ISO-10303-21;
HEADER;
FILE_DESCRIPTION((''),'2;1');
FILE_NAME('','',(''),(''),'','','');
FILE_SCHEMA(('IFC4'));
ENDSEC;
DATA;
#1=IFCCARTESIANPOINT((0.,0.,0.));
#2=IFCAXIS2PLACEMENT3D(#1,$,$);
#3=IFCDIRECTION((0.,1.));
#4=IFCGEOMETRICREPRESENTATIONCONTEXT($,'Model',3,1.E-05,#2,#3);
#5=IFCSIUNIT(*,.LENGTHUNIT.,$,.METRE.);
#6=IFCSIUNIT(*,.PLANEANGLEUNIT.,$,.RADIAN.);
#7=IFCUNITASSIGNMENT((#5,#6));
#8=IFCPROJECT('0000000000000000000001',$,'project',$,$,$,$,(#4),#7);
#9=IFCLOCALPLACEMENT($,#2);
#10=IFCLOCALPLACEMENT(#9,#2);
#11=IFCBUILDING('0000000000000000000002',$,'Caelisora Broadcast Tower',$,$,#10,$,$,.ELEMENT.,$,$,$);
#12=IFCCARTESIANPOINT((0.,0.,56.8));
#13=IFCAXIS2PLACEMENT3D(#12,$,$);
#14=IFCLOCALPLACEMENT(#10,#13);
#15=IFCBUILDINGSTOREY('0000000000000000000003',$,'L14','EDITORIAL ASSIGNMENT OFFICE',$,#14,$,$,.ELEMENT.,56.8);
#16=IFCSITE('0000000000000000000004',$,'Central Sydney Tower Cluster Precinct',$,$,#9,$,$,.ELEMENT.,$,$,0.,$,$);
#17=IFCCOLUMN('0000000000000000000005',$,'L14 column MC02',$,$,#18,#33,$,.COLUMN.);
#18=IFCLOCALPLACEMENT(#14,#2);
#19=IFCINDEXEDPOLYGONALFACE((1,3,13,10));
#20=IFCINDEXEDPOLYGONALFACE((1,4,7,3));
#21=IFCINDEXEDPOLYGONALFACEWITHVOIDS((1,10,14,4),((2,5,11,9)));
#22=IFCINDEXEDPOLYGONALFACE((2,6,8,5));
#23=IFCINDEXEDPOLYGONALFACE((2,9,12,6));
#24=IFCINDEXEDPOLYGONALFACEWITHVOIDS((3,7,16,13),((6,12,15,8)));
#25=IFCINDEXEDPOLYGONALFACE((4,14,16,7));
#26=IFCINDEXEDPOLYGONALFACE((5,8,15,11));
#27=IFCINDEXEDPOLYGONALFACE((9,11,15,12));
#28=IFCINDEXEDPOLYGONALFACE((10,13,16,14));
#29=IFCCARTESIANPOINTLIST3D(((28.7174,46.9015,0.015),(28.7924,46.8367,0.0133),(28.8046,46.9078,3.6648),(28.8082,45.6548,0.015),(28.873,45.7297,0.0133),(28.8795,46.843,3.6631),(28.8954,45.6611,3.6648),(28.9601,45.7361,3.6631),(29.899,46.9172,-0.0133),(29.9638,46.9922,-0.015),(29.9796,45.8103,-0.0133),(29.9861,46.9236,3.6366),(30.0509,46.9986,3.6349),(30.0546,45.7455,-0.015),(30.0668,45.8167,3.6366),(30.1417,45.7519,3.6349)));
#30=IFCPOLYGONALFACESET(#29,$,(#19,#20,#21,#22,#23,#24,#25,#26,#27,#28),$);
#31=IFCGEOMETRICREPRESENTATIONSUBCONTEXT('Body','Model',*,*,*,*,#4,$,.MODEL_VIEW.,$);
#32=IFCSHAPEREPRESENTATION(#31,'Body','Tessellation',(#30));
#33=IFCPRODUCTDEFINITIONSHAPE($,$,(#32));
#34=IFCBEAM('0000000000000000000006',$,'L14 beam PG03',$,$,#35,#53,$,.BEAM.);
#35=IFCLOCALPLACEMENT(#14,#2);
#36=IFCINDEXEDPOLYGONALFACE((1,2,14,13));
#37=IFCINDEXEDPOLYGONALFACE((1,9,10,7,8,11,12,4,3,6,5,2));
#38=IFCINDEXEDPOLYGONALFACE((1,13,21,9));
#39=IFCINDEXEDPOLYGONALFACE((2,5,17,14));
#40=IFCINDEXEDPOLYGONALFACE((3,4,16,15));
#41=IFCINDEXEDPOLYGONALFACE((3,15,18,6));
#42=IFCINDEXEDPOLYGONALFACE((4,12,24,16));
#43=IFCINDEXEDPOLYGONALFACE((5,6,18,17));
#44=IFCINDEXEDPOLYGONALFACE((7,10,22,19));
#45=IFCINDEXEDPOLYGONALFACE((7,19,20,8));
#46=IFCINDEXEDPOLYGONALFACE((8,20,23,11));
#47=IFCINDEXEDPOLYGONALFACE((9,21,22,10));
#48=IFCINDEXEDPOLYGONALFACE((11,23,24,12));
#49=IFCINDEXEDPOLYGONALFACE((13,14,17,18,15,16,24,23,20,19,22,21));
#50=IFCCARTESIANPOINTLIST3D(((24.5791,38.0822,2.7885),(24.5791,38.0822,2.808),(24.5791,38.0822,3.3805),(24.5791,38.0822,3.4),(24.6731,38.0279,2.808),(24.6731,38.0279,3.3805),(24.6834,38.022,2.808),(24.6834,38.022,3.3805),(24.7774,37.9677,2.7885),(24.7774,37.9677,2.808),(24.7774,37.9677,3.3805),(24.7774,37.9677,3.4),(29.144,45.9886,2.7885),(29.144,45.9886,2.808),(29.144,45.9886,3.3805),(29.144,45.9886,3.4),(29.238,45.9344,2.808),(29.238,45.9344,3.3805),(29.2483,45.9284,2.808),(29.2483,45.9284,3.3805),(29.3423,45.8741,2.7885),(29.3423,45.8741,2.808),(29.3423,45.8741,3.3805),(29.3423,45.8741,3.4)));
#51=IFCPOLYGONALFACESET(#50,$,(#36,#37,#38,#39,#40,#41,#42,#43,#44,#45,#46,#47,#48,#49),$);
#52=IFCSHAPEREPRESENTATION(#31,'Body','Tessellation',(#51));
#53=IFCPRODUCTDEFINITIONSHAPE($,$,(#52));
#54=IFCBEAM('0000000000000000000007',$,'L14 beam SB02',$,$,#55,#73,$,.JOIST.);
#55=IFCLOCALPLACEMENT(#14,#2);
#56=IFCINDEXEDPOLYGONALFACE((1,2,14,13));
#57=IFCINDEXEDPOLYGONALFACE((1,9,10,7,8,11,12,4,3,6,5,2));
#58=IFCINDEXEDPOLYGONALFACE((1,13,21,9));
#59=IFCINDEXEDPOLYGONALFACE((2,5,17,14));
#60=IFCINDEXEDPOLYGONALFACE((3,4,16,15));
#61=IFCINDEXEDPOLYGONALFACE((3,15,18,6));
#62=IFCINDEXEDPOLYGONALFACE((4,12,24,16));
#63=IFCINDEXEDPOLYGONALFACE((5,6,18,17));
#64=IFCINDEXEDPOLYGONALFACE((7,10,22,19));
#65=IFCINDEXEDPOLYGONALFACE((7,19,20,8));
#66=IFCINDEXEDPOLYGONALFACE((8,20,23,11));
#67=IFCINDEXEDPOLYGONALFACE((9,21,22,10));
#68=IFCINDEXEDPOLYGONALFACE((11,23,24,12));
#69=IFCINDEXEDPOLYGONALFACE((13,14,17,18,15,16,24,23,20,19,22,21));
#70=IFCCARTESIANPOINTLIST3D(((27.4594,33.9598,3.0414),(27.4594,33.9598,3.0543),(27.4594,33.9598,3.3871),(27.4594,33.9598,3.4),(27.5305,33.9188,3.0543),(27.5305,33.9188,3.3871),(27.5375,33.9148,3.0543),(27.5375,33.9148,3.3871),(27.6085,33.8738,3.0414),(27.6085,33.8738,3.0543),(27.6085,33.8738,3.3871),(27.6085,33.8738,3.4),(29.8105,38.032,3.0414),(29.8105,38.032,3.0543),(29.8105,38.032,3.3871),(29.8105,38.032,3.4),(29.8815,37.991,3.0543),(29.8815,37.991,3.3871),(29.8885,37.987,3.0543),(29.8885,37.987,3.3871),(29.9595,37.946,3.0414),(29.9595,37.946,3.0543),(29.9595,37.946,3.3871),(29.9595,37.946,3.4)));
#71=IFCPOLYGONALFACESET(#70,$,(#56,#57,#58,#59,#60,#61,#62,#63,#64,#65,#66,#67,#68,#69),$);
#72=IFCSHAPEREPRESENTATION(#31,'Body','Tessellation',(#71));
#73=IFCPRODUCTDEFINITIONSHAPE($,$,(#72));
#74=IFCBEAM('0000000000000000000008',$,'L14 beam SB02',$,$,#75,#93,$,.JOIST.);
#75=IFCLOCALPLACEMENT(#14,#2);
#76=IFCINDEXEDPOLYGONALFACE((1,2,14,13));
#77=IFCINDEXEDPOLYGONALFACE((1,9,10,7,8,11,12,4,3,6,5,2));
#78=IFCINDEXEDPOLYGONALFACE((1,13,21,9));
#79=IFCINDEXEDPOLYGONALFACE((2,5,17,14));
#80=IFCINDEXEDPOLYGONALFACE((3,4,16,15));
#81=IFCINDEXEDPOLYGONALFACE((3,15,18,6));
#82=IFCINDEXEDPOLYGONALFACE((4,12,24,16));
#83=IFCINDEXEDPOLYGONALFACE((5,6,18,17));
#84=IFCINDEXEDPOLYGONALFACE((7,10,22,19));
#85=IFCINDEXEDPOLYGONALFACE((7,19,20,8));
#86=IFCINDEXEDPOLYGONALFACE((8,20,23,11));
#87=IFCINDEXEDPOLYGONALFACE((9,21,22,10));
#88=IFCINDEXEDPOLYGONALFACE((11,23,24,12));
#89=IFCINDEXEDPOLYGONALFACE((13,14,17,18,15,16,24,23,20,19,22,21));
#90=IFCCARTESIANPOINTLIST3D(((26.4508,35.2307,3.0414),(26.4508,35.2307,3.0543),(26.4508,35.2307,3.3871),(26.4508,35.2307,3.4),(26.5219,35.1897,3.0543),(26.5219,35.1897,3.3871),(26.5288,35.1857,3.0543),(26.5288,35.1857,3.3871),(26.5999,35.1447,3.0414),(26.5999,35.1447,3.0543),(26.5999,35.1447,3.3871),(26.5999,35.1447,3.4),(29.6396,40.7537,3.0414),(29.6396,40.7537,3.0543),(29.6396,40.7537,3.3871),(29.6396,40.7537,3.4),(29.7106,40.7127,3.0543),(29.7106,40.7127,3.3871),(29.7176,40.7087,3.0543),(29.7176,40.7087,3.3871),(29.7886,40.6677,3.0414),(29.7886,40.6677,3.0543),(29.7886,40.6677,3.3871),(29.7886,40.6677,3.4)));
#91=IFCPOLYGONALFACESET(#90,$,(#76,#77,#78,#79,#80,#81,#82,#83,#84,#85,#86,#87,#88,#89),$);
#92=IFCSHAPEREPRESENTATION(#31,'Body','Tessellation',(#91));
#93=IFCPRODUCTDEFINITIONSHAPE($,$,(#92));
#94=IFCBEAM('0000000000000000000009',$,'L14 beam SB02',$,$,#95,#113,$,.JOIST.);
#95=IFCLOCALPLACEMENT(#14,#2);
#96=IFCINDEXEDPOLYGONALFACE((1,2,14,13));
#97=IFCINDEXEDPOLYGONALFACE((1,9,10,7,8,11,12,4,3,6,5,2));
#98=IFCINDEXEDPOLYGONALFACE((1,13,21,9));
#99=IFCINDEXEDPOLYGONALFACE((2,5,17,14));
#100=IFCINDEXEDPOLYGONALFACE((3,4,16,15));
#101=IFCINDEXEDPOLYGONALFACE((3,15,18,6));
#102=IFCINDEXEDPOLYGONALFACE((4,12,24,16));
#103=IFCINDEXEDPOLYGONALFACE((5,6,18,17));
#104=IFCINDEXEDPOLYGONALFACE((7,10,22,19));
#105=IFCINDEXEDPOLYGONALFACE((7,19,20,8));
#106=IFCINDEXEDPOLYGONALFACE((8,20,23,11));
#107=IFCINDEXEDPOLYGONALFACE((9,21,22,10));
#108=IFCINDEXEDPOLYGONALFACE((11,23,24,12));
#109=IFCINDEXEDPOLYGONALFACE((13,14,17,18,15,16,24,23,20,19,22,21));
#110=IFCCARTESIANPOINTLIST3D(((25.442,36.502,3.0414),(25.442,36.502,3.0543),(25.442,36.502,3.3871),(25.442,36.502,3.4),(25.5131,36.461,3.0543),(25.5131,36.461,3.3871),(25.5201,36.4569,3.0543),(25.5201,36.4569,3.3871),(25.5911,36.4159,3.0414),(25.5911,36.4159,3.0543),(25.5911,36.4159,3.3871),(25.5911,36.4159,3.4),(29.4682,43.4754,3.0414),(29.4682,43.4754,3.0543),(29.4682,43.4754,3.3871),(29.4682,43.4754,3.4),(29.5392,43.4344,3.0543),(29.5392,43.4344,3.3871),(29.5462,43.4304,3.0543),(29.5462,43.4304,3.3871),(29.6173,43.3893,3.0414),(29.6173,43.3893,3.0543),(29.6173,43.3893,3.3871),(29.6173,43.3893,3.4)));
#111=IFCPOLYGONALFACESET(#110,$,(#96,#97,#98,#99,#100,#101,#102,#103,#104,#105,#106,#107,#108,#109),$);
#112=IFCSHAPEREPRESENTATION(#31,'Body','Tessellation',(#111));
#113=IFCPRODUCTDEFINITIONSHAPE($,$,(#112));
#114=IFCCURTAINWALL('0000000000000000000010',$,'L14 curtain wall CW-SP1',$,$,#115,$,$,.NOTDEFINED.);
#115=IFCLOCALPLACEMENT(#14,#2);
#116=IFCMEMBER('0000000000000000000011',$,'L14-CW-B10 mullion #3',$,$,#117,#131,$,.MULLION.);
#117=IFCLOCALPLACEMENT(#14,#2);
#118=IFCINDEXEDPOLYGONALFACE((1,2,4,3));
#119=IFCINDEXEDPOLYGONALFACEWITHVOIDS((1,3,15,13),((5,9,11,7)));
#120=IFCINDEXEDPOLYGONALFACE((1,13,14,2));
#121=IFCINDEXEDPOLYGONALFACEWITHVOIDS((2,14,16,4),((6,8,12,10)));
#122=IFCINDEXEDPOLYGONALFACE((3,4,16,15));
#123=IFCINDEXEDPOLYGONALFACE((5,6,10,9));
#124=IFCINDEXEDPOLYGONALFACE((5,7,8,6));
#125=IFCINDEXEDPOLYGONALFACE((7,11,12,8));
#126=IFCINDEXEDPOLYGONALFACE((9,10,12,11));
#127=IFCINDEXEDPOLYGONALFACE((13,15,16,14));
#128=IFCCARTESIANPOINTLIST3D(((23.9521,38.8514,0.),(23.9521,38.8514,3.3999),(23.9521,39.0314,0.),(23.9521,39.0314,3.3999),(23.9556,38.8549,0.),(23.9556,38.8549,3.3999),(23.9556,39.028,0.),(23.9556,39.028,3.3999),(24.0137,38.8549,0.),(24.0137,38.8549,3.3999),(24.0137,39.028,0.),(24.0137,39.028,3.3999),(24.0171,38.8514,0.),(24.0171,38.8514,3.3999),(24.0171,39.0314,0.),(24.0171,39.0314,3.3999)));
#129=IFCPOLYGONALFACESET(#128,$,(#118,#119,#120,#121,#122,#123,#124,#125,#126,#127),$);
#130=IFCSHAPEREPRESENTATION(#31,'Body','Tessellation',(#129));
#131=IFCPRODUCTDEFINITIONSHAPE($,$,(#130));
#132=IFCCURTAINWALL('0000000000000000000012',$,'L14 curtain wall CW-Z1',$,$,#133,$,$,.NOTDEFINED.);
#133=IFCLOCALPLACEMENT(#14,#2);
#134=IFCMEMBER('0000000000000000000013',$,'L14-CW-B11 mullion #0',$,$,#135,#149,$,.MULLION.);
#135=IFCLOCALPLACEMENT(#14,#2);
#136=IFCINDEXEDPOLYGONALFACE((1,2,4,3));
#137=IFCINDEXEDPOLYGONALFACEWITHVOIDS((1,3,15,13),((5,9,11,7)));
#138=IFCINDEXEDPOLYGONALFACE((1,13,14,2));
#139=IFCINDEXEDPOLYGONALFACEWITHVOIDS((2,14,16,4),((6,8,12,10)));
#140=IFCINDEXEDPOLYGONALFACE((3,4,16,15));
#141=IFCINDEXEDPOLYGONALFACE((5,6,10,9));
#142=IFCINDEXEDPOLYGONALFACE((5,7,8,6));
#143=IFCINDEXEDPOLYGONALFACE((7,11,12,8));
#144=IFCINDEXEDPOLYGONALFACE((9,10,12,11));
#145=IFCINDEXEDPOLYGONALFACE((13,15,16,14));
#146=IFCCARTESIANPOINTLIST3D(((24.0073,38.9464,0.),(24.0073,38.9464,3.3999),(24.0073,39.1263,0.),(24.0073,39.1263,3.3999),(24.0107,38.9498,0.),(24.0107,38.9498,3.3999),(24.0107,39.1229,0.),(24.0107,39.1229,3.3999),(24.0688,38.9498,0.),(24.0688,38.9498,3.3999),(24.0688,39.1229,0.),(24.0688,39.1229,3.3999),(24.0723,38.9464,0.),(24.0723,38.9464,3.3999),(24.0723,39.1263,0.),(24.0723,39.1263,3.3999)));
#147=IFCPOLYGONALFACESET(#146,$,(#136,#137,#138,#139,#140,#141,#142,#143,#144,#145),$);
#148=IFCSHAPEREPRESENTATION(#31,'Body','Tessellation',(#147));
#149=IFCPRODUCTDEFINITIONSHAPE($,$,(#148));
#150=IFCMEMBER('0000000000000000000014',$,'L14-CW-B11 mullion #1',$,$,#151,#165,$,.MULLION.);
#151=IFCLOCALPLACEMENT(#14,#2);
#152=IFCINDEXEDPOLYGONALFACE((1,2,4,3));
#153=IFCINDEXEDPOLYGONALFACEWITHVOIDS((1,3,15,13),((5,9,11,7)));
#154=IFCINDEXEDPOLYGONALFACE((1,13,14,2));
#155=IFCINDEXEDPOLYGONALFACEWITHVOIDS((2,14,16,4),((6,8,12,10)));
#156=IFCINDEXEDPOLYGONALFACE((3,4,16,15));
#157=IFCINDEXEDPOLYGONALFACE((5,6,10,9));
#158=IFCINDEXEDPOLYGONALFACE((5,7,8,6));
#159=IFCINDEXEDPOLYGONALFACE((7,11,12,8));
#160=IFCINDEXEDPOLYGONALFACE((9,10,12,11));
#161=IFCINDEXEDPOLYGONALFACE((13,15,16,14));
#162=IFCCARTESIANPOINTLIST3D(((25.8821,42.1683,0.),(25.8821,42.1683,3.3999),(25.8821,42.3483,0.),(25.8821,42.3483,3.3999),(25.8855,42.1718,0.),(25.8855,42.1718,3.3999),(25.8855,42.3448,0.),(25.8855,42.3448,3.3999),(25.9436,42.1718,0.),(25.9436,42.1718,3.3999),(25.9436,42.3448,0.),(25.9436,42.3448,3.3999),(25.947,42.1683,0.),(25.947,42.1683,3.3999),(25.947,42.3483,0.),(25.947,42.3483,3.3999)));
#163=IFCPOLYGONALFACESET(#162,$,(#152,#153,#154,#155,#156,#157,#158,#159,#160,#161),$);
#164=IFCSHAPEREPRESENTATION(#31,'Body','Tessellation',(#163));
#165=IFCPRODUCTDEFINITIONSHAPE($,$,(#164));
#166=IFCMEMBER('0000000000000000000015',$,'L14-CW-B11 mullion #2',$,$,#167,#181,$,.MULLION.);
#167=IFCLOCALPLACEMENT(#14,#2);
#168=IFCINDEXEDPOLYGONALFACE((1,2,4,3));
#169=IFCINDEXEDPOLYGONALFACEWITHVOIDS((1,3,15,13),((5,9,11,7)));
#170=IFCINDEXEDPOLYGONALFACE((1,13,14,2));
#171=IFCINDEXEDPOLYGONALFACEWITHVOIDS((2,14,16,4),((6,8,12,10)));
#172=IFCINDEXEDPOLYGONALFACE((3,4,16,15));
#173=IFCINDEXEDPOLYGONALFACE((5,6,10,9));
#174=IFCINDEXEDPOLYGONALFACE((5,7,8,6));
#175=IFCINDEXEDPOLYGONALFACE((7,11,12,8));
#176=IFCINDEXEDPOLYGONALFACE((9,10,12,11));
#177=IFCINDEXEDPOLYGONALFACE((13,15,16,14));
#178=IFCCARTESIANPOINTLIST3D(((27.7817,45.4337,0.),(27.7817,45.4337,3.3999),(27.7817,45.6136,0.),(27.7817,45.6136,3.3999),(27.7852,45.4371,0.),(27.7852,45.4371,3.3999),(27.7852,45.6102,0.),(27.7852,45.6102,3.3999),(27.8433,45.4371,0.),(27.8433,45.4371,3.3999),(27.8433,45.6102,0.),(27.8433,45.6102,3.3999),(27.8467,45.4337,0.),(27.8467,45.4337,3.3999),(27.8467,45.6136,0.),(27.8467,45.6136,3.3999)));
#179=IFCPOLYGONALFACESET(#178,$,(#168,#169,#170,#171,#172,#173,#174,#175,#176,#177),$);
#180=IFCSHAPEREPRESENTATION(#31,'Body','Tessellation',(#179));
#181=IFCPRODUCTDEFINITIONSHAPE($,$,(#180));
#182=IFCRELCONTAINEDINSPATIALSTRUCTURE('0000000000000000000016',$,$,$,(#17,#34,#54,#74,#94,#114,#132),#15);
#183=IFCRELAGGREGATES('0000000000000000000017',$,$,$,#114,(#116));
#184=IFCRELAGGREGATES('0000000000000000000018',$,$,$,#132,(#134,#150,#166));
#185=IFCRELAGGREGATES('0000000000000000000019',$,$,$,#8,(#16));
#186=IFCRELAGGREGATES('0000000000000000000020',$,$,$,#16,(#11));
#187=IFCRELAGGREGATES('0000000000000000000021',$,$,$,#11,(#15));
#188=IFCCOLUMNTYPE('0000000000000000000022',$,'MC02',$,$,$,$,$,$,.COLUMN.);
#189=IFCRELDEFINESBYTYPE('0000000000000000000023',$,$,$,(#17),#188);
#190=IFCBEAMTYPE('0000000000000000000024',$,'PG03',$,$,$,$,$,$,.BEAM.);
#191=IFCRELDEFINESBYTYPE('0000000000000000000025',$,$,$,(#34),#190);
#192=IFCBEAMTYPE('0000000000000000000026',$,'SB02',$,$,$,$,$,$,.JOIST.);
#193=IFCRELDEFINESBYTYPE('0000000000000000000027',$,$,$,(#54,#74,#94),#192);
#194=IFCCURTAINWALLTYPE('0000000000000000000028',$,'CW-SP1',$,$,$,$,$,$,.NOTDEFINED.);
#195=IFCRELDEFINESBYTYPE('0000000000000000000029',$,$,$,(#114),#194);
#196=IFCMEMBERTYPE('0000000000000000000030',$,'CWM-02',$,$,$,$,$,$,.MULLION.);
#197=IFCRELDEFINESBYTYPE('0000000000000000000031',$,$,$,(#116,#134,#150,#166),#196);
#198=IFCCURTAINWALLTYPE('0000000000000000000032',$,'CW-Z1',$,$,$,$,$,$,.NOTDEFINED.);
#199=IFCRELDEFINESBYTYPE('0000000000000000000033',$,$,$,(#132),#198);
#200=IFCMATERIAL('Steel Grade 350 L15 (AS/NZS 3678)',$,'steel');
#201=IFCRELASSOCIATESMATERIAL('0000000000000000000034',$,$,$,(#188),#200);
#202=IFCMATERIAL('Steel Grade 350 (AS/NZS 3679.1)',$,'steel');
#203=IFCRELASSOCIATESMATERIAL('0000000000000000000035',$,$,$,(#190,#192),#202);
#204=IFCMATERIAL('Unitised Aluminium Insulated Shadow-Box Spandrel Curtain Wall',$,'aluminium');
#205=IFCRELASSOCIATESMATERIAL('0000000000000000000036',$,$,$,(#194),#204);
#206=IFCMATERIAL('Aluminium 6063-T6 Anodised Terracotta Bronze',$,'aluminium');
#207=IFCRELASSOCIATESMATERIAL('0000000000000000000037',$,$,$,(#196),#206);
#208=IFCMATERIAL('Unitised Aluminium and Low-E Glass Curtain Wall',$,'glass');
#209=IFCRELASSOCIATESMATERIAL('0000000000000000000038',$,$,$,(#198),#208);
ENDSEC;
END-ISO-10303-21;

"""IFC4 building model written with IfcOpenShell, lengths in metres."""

from ifc_helpers import new_model, si_unit, direction, frame, origin, origin_2d, place, context, subcontext, project, spatial, hollow_rectangle, i_section, extrude, source, transform, mapped, material, material_profile, profile_set, type_object, type_shapes, element, aggregate, save


model = new_model("IFC4")

# Units and contexts
model_context = context("Model", 3, precision=1e-05, world=origin(), true_north=direction((0.0, 1.0)))
body_context = subcontext(model_context, "Body", "Model", "MODEL_VIEW")
ifc_project = project(units=[si_unit("LENGTHUNIT", "METRE"), si_unit("PLANEANGLEUNIT", "RADIAN")], contexts=[model_context])

# Site, building, storey
site_placement = place(None, origin())
site = spatial("IfcSite", under=ifc_project, at=site_placement, Name="Central Sydney Tower Cluster Precinct", CompositionType="ELEMENT", RefElevation=0.0)
building_placement = place(site_placement, origin())
building = spatial("IfcBuilding", under=site, at=building_placement, Name="Caelisora Broadcast Tower", CompositionType="ELEMENT")
storey_placement = place(building_placement, frame((0.0, 0.0, 56.8)))
storey = spatial("IfcBuildingStorey", under=building, at=storey_placement, Name="L14", Description="EDITORIAL ASSIGNMENT OFFICE", CompositionType="ELEMENT", Elevation=56.8)

# Column
ifc_material_1 = material(Name="Steel Grade 350 L15 (AS/NZS 3678)", Category="steel")
ifc_material_profile_1 = material_profile(ifc_material_1, hollow_rectangle(XDim=1.25, YDim=1.25, WallThickness=0.0701, at=origin_2d()), Name="Steel Grade 350 L15 (AS/NZS 3678)")
ifc_profile_set_1 = profile_set([ifc_material_profile_1], Name="Steel Grade 350 L15 (AS/NZS 3678)")
column_type = type_object("IfcColumnType", Name="MC02", PredefinedType="COLUMN", material=ifc_profile_set_1)
shared_shape_1 = source(origin(), body_context, "Body", "SweptSolid", [
    extrude(hollow_rectangle(XDim=1.25, YDim=1.25, WallThickness=0.0701, at=origin_2d()), origin(), (0.0, 0.0, 1.0), 3.6509),
])
type_shapes(column_type, [shared_shape_1])
column_placement = place(storey_placement, frame((29.386, 46.3235, 0.0), z_axis=(0.023873, 0.001739, 0.999713), x_axis=(-0.072637, 0.997358, 0.0)))
element("IfcColumn", 1, at=column_placement, inside=storey, type_object=column_type, Name="L14 column MC02", PredefinedType="COLUMN", context=body_context, shape_type="MappedRepresentation", body=[
    mapped(shared_shape_1, transform((0.0, 0.0, 0.0), scale=1.0)),
])

# Beams
ifc_material_2 = material(Name="Steel Grade 350 (AS/NZS 3679.1)", Category="steel")
ifc_material_profile_2 = material_profile(ifc_material_2, i_section(OverallWidth=0.229, OverallDepth=0.6116, WebThickness=0.012, FlangeThickness=0.0195, at=origin_2d()), Name="Steel Grade 350 (AS/NZS 3679.1)")
ifc_profile_set_2 = profile_set([ifc_material_profile_2], Name="Steel Grade 350 (AS/NZS 3679.1)")
beam_type_1 = type_object("IfcBeamType", Name="PG03", PredefinedType="BEAM", material=ifc_profile_set_2)
shared_shape_2 = source(origin(), body_context, "Body", "SweptSolid", [
    extrude(i_section(OverallWidth=0.229, OverallDepth=0.6116, WebThickness=0.012, FlangeThickness=0.0195, at=origin_2d()), origin(), (0.0, 0.0, 1.0), 9.1296),
])
type_shapes(beam_type_1, [shared_shape_2])
beam_1_placement = place(storey_placement, frame((29.2432, 45.9314, 3.0942), z_axis=(-0.50001, -0.866019, 0.0), x_axis=(0.866019, -0.50001, 0.0)))
element("IfcBeam", 2, at=beam_1_placement, inside=storey, type_object=beam_type_1, Name="L14 beam PG03", PredefinedType="BEAM", context=body_context, shape_type="MappedRepresentation", body=[
    mapped(shared_shape_2, transform((0.0, 0.0, 0.0), scale=1.0)),
])
ifc_material_profile_3 = material_profile(ifc_material_2, i_section(OverallWidth=0.1721, OverallDepth=0.3586, WebThickness=0.0081, FlangeThickness=0.0129, at=origin_2d()), Name="Steel Grade 350 (AS/NZS 3679.1)")
ifc_profile_set_3 = profile_set([ifc_material_profile_3], Name="Steel Grade 350 (AS/NZS 3679.1)")
beam_type_2 = type_object("IfcBeamType", Name="SB02", PredefinedType="JOIST", material=ifc_profile_set_3)
shared_shape_3 = source(origin(), body_context, "Body", "SweptSolid", [
    extrude(i_section(OverallWidth=0.1721, OverallDepth=0.3586, WebThickness=0.0081, FlangeThickness=0.0129, at=origin_2d()), origin(), (0.0, 0.0, 1.0), 4.7021),
])
beam_2_placement = place(storey_placement, frame((29.885, 37.989, 3.2207), z_axis=(-0.499992, -0.86603, 0.0), x_axis=(0.86603, -0.499992, 0.0)))
element("IfcBeam", 3, at=beam_2_placement, inside=storey, type_object=beam_type_2, Name="L14 beam SB02", PredefinedType="JOIST", context=body_context, shape_type="MappedRepresentation", body=[
    mapped(shared_shape_3, transform((0.0, 0.0, 0.0), scale=1.0)),
])
shared_shape_4 = source(origin(), body_context, "Body", "SweptSolid", [
    extrude(i_section(OverallWidth=0.1721, OverallDepth=0.3586, WebThickness=0.0081, FlangeThickness=0.0129, at=origin_2d()), origin(), (0.0, 0.0, 1.0), 6.3774),
])
beam_3_placement = place(storey_placement, frame((29.7141, 40.7107, 3.2207), z_axis=(-0.500005, -0.866022, 0.0), x_axis=(0.866022, -0.500005, 0.0)))
element("IfcBeam", 4, at=beam_3_placement, inside=storey, type_object=beam_type_2, Name="L14 beam SB02", PredefinedType="JOIST", context=body_context, shape_type="MappedRepresentation", body=[
    mapped(shared_shape_4, transform((0.0, 0.0, 0.0), scale=1.0)),
])
shared_shape_5 = source(origin(), body_context, "Body", "SweptSolid", [
    extrude(i_section(OverallWidth=0.1721, OverallDepth=0.3586, WebThickness=0.0081, FlangeThickness=0.0129, at=origin_2d()), origin(), (0.0, 0.0, 1.0), 8.0522),
])
type_shapes(beam_type_2, [shared_shape_3, shared_shape_4, shared_shape_5])
beam_4_placement = place(storey_placement, frame((29.5427, 43.4324, 3.2207), z_axis=(-0.500003, -0.866024, 0.0), x_axis=(0.866024, -0.500003, 0.0)))
element("IfcBeam", 5, at=beam_4_placement, inside=storey, type_object=beam_type_2, Name="L14 beam SB02", PredefinedType="JOIST", context=body_context, shape_type="MappedRepresentation", body=[
    mapped(shared_shape_5, transform((0.0, 0.0, 0.0), scale=1.0)),
])

# Curtain wall, member
ifc_material_3 = material(Name="Unitised Aluminium Insulated Shadow-Box Spandrel Curtain Wall", Category="aluminium")
curtain_wall_type_1 = type_object("IfcCurtainWallType", Name="CW-SP1", PredefinedType="NOTDEFINED", material=ifc_material_3)
curtain_wall_1_placement = place(storey_placement, origin())
curtain_wall_1 = element("IfcCurtainWall", 6, at=curtain_wall_1_placement, inside=storey, type_object=curtain_wall_type_1, Name="L14 curtain wall CW-SP1", PredefinedType="NOTDEFINED")
ifc_material_4 = material(Name="Aluminium 6063-T6 Anodised Terracotta Bronze", Category="aluminium")
ifc_material_profile_4 = material_profile(ifc_material_4, hollow_rectangle(XDim=0.0649, YDim=0.1799, WallThickness=0.0034, at=origin_2d()), Name="Aluminium 6063-T6 Anodised Terracotta Bronze")
ifc_profile_set_4 = profile_set([ifc_material_profile_4], Name="Aluminium 6063-T6 Anodised Terracotta Bronze")
member_type_1 = type_object("IfcMemberType", Name="CWM-02", PredefinedType="MULLION", material=ifc_profile_set_4)
shared_shape_6 = source(origin(), body_context, "Body", "SweptSolid", [
    extrude(hollow_rectangle(XDim=0.0649, YDim=0.1799, WallThickness=0.0034, at=origin_2d()), origin(), (0.0, 0.0, 1.0), 3.3999),
])
type_shapes(member_type_1, [shared_shape_6])
member_1_placement = place(storey_placement, frame((23.9846, 38.9414, 0.0), z_axis=(0.0, 0.0, 1.0), x_axis=(1.0, 0.0, 0.0)))
member_1 = element("IfcMember", 7, at=member_1_placement, type_object=member_type_1, Name="L14-CW-B10 mullion #3", PredefinedType="MULLION", context=body_context, shape_type="MappedRepresentation", body=[
    mapped(shared_shape_6, transform((0.0, 0.0, 0.0), scale=1.0)),
])
aggregate(curtain_wall_1, [member_1])

# Curtain wall, members
ifc_material_5 = material(Name="Unitised Aluminium and Low-E Glass Curtain Wall", Category="glass")
curtain_wall_type_2 = type_object("IfcCurtainWallType", Name="CW-Z1", PredefinedType="NOTDEFINED", material=ifc_material_5)
curtain_wall_2_placement = place(storey_placement, origin())
curtain_wall_2 = element("IfcCurtainWall", 8, at=curtain_wall_2_placement, inside=storey, type_object=curtain_wall_type_2, Name="L14 curtain wall CW-Z1", PredefinedType="NOTDEFINED")
member_2_placement = place(storey_placement, frame((24.0398, 39.0364, 0.0), z_axis=(0.0, 0.0, 1.0), x_axis=(1.0, 0.0, 0.0)))
member_2 = element("IfcMember", 9, at=member_2_placement, type_object=member_type_1, Name="L14-CW-B11 mullion #0", PredefinedType="MULLION", context=body_context, shape_type="MappedRepresentation", body=[
    mapped(shared_shape_6, transform((0.0, 0.0, 0.0), scale=1.0)),
])
member_3_placement = place(storey_placement, frame((25.9146, 42.2583, 0.0), z_axis=(0.0, 0.0, 1.0), x_axis=(1.0, 0.0, 0.0)))
member_3 = element("IfcMember", 10, at=member_3_placement, type_object=member_type_1, Name="L14-CW-B11 mullion #1", PredefinedType="MULLION", context=body_context, shape_type="MappedRepresentation", body=[
    mapped(shared_shape_6, transform((0.0, 0.0, 0.0), scale=1.0)),
])
member_4_placement = place(storey_placement, frame((27.8142, 45.5237, 0.0), z_axis=(0.0, 0.0, 1.0), x_axis=(1.0, 0.0, 0.0)))
member_4 = element("IfcMember", 11, at=member_4_placement, type_object=member_type_1, Name="L14-CW-B11 mullion #2", PredefinedType="MULLION", context=body_context, shape_type="MappedRepresentation", body=[
    mapped(shared_shape_6, transform((0.0, 0.0, 0.0), scale=1.0)),
])

aggregate(curtain_wall_2, [member_2, member_3, member_4])

save(model, "model.ifc")
